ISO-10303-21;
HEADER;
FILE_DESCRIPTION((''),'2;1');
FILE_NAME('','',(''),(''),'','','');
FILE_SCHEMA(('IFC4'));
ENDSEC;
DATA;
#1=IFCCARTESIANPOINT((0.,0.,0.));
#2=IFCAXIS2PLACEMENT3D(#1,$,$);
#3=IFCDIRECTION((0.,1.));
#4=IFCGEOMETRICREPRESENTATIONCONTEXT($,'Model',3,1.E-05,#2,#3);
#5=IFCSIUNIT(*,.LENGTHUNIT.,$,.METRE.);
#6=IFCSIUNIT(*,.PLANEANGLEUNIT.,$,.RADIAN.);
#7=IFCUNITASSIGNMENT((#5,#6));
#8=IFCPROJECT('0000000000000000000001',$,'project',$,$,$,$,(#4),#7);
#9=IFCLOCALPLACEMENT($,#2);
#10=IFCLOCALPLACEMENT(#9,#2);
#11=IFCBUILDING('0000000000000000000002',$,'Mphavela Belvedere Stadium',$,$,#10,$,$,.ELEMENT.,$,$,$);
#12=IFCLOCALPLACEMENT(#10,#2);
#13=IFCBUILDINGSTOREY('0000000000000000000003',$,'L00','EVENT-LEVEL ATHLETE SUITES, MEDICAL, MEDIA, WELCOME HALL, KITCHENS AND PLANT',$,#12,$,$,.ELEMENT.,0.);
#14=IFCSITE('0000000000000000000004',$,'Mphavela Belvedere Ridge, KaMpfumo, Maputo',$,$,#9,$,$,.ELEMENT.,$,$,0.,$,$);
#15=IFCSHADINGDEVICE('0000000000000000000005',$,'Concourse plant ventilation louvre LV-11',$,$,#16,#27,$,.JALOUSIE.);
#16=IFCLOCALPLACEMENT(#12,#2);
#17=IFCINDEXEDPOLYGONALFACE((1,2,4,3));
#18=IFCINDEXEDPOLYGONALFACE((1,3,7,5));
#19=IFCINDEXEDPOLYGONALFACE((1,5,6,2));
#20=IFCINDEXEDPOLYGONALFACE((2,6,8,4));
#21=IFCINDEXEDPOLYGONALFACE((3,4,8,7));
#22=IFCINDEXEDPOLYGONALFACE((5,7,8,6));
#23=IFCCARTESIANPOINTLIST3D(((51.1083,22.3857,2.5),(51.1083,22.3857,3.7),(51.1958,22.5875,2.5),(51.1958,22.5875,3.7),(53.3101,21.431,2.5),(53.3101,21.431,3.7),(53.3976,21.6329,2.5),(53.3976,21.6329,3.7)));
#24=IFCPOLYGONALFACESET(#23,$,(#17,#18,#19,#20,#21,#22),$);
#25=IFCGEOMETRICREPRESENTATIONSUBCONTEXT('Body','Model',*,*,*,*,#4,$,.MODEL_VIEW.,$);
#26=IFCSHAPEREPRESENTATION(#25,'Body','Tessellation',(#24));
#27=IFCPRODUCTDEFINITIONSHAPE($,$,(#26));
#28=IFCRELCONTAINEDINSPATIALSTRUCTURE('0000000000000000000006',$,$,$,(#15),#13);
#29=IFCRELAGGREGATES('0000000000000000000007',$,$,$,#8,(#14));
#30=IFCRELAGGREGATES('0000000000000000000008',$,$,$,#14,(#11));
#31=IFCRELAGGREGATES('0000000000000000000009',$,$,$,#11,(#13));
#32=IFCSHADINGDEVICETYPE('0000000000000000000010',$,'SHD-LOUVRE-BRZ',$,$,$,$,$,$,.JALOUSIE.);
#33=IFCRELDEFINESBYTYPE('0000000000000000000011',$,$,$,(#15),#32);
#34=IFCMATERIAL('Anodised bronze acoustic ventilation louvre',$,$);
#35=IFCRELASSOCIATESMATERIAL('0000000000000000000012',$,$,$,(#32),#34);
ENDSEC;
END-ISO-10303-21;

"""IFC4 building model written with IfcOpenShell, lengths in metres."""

from ifc_helpers import new_model, si_unit, direction, frame, origin, origin_2d, place, context, subcontext, project, spatial, rectangle, extrude, material, type_object, element, save


model = new_model("IFC4")

# Units and contexts
model_context = context("Model", 3, precision=1e-05, world=origin(), true_north=direction((0.0, 1.0)))
body_context = subcontext(model_context, "Body", "Model", "MODEL_VIEW")
ifc_project = project(units=[si_unit("LENGTHUNIT", "METRE"), si_unit("PLANEANGLEUNIT", "RADIAN")], contexts=[model_context])

# Site, building, storey
site_placement = place(None, origin())
site = spatial("IfcSite", under=ifc_project, at=site_placement, Name="Mphavela Belvedere Ridge, KaMpfumo, Maputo", CompositionType="ELEMENT", RefElevation=0.0)
building_placement = place(site_placement, origin())
building = spatial("IfcBuilding", under=site, at=building_placement, Name="Mphavela Belvedere Stadium", CompositionType="ELEMENT")
storey_placement = place(building_placement, origin())
storey = spatial("IfcBuildingStorey", under=building, at=storey_placement, Name="L00", Description="EVENT-LEVEL ATHLETE SUITES, MEDICAL, MEDIA, WELCOME HALL, KITCHENS AND PLANT", CompositionType="ELEMENT", Elevation=0.0)

# Shading device
ifc_material_1 = material(Name="Anodised bronze acoustic ventilation louvre")
shading_device_type = type_object("IfcShadingDeviceType", Name="SHD-LOUVRE-BRZ", PredefinedType="JALOUSIE", material=ifc_material_1)
shading_device_placement = place(storey_placement, frame((52.2529, 22.0093, 2.5), z_axis=(0.0, 0.0, 1.0), x_axis=(-0.917477, 0.397789, 0.0)))
element("IfcShadingDevice", 1, at=shading_device_placement, inside=storey, type_object=shading_device_type, Name="Concourse plant ventilation louvre LV-11", PredefinedType="JALOUSIE", context=body_context, shape_type="SweptSolid", body=[
    extrude(rectangle(XDim=2.3999, YDim=0.22, at=origin_2d()), origin(), (0.0, 0.0, 1.0), 1.2),
])

save(model, "model.ifc")
